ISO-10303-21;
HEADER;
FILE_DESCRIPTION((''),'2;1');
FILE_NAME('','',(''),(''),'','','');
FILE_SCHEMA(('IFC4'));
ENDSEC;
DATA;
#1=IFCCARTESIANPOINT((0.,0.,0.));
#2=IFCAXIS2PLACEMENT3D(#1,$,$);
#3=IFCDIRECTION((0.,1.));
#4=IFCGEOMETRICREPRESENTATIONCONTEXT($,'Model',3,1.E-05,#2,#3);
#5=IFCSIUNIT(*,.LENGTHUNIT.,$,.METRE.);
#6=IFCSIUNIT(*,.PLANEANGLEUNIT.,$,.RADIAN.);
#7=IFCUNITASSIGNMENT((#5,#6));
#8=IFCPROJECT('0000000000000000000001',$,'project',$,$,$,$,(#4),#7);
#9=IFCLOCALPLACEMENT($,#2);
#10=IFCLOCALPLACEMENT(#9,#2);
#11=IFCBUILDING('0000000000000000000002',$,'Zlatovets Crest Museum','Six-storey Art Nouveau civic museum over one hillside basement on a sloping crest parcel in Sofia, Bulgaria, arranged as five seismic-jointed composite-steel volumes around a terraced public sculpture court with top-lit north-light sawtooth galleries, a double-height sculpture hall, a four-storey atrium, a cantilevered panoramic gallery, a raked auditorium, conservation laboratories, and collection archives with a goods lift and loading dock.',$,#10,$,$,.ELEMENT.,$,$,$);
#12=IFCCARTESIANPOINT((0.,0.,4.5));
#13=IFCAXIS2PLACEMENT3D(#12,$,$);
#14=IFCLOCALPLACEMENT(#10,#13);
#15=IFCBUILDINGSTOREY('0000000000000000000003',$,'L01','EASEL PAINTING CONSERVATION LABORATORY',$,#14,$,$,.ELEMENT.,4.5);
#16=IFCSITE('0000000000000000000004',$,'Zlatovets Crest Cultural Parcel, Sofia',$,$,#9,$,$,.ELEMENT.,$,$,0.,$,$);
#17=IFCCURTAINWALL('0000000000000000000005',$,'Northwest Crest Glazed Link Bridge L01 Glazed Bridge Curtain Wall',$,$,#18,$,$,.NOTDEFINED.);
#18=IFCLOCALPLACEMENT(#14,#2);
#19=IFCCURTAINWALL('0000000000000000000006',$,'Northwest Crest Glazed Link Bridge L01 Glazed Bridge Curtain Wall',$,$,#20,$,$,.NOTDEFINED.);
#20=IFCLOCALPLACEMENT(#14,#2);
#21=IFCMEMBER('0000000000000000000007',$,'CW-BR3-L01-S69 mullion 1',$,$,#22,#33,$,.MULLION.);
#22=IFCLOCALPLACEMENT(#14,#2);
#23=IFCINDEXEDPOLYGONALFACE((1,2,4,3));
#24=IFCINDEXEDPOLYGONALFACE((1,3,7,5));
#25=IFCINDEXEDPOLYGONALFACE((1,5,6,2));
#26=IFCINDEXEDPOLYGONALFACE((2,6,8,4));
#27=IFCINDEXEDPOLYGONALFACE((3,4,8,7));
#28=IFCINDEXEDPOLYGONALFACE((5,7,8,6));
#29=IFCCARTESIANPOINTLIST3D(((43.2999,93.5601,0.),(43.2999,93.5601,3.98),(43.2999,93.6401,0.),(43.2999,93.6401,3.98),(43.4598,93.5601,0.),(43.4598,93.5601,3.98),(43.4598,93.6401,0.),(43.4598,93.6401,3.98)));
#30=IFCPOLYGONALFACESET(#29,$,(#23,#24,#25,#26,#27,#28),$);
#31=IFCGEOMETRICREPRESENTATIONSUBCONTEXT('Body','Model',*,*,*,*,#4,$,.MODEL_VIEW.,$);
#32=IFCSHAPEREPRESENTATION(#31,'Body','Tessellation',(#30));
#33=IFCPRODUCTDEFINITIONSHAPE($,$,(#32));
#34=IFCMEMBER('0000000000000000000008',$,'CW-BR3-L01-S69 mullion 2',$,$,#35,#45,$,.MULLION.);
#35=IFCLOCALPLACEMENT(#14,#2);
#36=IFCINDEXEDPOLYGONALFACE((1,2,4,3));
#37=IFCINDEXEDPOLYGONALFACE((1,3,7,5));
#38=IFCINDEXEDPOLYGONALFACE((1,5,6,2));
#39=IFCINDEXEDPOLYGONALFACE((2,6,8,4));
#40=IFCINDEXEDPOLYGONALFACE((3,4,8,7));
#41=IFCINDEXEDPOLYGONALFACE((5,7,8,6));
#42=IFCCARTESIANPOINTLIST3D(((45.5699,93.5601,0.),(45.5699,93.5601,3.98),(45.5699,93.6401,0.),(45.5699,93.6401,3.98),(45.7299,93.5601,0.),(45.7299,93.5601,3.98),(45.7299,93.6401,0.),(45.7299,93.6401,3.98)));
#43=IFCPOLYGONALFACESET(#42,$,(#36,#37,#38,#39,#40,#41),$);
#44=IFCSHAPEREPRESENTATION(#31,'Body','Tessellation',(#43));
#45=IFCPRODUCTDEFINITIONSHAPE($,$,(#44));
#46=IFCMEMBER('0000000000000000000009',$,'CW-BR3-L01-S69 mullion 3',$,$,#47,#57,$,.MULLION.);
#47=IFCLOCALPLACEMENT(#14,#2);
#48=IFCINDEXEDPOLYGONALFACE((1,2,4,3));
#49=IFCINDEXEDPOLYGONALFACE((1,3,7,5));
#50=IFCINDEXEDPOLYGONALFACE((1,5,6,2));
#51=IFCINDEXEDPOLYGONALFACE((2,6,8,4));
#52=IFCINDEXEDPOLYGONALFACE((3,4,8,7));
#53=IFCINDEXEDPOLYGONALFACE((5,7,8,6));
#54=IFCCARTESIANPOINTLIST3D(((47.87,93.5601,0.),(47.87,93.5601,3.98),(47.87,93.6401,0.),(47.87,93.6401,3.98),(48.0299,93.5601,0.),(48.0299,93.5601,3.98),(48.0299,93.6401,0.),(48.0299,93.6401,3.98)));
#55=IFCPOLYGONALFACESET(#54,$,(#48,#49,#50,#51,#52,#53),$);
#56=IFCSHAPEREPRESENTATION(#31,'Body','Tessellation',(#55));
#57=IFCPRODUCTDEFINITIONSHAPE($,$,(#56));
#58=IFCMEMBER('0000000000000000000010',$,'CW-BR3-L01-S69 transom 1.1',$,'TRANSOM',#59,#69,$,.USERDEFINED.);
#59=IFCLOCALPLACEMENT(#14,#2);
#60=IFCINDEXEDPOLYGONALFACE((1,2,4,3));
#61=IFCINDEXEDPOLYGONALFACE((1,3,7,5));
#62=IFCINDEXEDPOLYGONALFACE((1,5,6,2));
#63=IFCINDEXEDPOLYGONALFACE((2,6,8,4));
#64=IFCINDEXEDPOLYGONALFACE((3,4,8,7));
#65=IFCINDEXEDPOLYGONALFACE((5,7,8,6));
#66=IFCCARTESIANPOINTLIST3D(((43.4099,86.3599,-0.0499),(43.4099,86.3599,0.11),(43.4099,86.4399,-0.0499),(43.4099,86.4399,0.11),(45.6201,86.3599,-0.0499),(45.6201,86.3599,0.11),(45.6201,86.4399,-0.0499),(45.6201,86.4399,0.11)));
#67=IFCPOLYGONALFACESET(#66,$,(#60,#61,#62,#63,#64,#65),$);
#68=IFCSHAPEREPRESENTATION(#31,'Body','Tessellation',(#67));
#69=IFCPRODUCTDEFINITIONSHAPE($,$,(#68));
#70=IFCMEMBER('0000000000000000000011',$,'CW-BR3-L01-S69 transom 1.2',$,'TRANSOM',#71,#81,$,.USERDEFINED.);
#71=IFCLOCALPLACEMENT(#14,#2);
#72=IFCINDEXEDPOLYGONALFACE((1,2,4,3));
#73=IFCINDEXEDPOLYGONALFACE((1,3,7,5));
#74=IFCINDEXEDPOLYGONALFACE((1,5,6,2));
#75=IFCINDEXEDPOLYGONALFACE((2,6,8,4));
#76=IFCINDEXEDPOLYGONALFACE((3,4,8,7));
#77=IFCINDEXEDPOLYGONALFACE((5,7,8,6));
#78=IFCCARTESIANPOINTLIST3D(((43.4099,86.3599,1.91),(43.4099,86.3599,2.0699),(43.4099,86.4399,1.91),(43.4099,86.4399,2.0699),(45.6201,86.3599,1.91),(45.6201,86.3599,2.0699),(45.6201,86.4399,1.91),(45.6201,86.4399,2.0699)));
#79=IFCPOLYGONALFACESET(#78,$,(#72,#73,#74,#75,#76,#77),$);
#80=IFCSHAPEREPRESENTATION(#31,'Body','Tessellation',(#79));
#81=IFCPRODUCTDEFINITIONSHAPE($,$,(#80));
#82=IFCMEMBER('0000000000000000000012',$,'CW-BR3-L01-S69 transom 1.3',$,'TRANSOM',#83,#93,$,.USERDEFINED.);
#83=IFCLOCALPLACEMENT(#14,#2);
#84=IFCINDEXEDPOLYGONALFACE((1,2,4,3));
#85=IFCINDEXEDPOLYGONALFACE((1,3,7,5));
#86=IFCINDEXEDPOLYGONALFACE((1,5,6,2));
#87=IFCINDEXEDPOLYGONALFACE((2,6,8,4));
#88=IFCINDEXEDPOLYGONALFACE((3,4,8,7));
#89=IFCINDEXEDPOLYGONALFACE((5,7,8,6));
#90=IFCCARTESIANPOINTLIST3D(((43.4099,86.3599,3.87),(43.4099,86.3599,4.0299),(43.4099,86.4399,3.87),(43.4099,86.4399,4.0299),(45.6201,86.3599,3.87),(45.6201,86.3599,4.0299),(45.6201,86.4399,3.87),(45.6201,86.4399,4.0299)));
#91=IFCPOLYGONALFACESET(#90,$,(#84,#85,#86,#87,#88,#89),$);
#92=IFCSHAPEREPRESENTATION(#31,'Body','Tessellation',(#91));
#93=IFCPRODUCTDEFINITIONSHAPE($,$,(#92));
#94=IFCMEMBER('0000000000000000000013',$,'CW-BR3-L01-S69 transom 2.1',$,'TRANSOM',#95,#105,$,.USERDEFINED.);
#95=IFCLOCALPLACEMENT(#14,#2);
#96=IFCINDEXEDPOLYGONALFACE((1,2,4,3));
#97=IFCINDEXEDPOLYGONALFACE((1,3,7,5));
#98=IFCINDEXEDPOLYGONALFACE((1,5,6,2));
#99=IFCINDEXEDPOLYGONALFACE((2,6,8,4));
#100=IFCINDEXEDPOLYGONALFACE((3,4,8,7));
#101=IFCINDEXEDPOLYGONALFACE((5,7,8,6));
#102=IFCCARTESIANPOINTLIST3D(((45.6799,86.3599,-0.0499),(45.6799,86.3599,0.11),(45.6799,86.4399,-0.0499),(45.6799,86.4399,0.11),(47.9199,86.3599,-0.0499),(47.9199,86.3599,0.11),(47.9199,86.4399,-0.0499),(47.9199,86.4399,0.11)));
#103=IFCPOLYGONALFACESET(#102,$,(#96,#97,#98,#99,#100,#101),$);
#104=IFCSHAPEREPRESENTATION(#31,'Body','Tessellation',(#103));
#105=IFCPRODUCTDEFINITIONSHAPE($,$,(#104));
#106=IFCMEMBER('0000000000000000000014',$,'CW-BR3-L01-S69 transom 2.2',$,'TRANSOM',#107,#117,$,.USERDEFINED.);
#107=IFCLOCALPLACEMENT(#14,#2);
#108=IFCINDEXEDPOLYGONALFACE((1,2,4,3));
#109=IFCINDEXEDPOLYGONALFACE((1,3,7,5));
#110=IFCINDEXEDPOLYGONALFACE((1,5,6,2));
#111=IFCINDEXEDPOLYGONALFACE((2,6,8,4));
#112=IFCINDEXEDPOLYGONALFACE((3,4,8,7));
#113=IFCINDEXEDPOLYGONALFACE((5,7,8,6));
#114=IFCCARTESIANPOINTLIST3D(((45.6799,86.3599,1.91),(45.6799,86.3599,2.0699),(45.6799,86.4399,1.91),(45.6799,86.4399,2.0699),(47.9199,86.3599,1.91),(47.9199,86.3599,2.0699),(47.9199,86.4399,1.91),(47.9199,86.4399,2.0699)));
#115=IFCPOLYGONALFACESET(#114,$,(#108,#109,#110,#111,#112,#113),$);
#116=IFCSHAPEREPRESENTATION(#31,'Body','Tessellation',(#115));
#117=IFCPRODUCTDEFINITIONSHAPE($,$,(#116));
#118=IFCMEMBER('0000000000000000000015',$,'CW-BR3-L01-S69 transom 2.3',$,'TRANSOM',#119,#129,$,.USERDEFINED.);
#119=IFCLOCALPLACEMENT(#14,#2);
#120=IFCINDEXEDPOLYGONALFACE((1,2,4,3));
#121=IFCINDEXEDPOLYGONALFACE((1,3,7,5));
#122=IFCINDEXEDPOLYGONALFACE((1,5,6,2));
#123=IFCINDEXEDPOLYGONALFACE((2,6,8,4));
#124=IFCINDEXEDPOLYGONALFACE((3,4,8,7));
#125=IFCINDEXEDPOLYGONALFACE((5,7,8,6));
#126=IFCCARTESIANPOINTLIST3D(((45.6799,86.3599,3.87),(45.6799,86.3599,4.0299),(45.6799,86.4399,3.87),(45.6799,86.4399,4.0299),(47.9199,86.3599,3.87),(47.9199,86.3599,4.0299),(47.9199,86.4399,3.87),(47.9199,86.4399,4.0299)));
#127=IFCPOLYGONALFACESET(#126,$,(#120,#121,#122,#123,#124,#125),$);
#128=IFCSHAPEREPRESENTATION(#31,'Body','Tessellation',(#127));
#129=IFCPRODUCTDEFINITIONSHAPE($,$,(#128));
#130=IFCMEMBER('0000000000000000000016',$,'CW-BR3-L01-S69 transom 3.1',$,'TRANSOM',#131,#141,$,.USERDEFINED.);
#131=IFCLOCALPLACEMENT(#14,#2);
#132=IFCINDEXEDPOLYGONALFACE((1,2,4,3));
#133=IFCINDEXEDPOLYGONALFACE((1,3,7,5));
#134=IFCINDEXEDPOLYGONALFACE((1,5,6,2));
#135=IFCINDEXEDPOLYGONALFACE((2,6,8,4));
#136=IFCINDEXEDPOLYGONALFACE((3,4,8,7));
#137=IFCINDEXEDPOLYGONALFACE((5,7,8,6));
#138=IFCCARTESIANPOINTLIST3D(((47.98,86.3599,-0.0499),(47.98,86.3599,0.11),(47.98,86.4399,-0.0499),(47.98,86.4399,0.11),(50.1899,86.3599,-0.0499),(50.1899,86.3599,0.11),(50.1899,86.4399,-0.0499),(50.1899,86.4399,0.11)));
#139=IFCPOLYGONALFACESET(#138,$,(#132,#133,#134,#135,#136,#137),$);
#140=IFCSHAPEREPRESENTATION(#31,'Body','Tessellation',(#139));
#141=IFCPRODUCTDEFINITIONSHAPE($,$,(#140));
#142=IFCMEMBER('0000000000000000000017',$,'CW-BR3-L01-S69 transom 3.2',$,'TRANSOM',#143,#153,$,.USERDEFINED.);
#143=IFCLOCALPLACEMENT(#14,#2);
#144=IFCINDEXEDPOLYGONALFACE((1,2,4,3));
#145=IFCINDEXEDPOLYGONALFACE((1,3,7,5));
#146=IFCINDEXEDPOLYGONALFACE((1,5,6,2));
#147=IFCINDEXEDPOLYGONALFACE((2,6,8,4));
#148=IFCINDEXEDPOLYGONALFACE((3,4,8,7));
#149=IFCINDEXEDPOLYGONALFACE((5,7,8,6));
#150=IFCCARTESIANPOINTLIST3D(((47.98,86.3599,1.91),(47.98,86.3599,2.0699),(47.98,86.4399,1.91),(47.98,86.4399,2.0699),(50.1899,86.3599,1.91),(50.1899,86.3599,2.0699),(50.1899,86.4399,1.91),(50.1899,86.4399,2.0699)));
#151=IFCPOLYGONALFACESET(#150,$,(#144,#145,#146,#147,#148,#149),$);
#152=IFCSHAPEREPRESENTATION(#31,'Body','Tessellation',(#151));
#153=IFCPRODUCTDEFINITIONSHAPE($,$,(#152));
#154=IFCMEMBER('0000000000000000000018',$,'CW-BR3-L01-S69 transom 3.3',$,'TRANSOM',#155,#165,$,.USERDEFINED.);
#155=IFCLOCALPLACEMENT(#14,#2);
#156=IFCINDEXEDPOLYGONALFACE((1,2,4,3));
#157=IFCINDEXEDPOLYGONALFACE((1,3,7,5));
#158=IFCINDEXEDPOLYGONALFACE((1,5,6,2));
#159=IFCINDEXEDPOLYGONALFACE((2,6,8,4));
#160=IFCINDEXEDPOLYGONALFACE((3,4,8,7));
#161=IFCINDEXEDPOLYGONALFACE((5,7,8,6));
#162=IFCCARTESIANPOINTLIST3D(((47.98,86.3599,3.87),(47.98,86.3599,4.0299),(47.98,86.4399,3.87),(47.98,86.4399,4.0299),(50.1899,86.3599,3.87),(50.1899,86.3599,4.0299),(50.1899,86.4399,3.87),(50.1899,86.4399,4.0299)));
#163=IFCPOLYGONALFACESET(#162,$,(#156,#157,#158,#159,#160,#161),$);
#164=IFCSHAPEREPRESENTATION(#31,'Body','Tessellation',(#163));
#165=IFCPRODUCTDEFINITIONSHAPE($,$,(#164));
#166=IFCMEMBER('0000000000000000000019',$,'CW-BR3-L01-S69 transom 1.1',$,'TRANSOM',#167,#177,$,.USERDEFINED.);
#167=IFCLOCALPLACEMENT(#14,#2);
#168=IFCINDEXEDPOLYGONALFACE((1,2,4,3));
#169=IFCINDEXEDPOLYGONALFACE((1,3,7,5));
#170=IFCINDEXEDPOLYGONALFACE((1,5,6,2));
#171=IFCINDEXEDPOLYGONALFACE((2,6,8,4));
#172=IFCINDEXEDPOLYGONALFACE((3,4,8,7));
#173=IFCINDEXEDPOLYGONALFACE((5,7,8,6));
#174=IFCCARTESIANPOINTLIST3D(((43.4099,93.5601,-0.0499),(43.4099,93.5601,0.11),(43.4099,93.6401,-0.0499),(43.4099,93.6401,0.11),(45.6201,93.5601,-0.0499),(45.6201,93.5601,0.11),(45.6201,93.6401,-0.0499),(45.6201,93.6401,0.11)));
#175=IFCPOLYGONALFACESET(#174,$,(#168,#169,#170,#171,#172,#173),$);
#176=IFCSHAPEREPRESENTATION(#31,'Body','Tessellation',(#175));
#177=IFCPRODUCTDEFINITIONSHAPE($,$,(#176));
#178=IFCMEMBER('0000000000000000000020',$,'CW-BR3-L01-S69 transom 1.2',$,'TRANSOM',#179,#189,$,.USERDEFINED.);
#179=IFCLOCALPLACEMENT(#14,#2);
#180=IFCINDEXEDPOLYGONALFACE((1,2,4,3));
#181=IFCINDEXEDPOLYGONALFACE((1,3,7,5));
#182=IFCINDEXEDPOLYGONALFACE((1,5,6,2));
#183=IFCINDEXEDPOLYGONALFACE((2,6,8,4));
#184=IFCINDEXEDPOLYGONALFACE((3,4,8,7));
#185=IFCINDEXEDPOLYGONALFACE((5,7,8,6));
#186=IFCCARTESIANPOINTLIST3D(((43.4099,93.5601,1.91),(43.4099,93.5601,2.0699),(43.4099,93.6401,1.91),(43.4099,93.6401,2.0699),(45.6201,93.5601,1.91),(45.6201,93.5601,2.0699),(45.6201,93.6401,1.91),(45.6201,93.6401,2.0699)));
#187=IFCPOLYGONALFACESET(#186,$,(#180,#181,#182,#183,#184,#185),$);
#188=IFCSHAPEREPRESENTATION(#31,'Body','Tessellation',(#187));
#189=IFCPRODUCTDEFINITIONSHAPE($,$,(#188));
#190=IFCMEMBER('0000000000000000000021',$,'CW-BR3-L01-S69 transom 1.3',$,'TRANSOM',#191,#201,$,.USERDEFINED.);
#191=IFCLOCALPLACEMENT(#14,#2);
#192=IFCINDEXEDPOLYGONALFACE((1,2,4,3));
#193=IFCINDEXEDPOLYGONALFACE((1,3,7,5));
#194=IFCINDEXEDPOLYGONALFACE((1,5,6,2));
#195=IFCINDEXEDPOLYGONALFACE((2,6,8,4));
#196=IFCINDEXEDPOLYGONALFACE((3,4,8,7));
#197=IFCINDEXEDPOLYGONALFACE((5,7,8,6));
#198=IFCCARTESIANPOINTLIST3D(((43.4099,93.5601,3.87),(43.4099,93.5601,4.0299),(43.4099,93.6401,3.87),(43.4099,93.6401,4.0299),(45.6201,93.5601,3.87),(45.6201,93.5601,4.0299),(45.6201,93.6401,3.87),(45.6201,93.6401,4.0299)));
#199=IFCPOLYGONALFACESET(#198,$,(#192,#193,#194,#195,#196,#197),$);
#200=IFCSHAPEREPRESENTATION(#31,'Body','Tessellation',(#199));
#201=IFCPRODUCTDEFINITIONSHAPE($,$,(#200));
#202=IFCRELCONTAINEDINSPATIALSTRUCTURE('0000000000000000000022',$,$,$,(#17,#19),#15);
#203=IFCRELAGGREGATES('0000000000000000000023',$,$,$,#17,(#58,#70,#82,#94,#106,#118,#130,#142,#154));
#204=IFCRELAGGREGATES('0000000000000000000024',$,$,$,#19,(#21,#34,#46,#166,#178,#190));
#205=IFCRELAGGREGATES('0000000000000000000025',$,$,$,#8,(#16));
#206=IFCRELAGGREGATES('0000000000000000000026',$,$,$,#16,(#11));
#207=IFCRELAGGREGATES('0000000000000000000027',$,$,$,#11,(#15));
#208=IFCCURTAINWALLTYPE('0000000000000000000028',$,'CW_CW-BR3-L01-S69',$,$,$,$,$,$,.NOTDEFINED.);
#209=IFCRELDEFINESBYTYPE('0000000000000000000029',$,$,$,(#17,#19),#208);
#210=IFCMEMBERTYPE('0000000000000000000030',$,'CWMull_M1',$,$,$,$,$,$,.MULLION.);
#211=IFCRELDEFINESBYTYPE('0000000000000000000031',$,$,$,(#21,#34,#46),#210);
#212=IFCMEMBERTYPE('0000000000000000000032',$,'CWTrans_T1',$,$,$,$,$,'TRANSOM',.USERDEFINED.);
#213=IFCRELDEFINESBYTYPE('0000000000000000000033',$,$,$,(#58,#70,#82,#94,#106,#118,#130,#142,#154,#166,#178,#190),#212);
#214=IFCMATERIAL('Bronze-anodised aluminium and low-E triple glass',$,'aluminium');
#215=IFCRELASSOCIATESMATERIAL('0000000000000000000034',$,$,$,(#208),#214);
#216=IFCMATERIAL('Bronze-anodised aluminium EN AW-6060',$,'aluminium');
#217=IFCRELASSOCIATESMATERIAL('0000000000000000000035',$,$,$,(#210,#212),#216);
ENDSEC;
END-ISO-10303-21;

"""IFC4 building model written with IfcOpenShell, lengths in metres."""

from ifc_helpers import new_model, si_unit, direction, frame, origin, origin_2d, place, context, subcontext, project, spatial, rectangle, extrude, material, material_profile, profile_set, type_object, element, aggregate, save


model = new_model("IFC4")

# Units and contexts
model_context = context("Model", 3, precision=1e-05, world=origin(), true_north=direction((0.0, 1.0)))
body_context = subcontext(model_context, "Body", "Model", "MODEL_VIEW")
ifc_project = project(units=[si_unit("LENGTHUNIT", "METRE"), si_unit("PLANEANGLEUNIT", "RADIAN")], contexts=[model_context])

# Site, building, storey
site_placement = place(None, origin())
site = spatial("IfcSite", under=ifc_project, at=site_placement, Name="Zlatovets Crest Cultural Parcel, Sofia", CompositionType="ELEMENT", RefElevation=0.0)
building_placement = place(site_placement, origin())
building = spatial("IfcBuilding", under=site, at=building_placement, Name="Zlatovets Crest Museum", Description="Six-storey Art Nouveau civic museum over one hillside basement on a sloping crest parcel in Sofia, Bulgaria, arranged as five seismic-jointed composite-steel volumes around a terraced public sculpture court with top-lit north-light sawtooth galleries, a double-height sculpture hall, a four-storey atrium, a cantilevered panoramic gallery, a raked auditorium, conservation laboratories, and collection archives with a goods lift and loading dock.", CompositionType="ELEMENT")
storey_placement = place(building_placement, frame((0.0, 0.0, 4.5)))
storey = spatial("IfcBuildingStorey", under=building, at=storey_placement, Name="L01", Description="EASEL PAINTING CONSERVATION LABORATORY", CompositionType="ELEMENT", Elevation=4.5)

# Curtain walls, members
ifc_material_1 = material(Name="Bronze-anodised aluminium and low-E triple glass", Category="aluminium")
curtain_wall_type = type_object("IfcCurtainWallType", Name="CW_CW-BR3-L01-S69", PredefinedType="NOTDEFINED", material=ifc_material_1)
curtain_wall_1_placement = place(storey_placement, origin())
curtain_wall_1 = element("IfcCurtainWall", 1, at=curtain_wall_1_placement, inside=storey, type_object=curtain_wall_type, Name="Northwest Crest Glazed Link Bridge L01 Glazed Bridge Curtain Wall", PredefinedType="NOTDEFINED")
ifc_material_2 = material(Name="Bronze-anodised aluminium EN AW-6060", Category="aluminium")
ifc_material_profile_1 = material_profile(ifc_material_2, rectangle(XDim=0.0801, YDim=0.1599, at=origin_2d()), Name="ALU 80x160")
ifc_profile_set_1 = profile_set([ifc_material_profile_1], Name="Bronze-anodised aluminium EN AW-6060")
member_type_1 = type_object("IfcMemberType", Name="CWMull_M1", PredefinedType="MULLION", material=ifc_profile_set_1)
curtain_wall_2_placement = place(storey_placement, origin())
curtain_wall_2 = element("IfcCurtainWall", 2, at=curtain_wall_2_placement, inside=storey, type_object=curtain_wall_type, Name="Northwest Crest Glazed Link Bridge L01 Glazed Bridge Curtain Wall", PredefinedType="NOTDEFINED")
member_1_placement = place(storey_placement, frame((43.3799, 93.6001, 0.0), z_axis=(0.0, 0.0, 1.0), x_axis=(0.0, 1.0, 0.0)))
member_1 = element("IfcMember", 3, at=member_1_placement, type_object=member_type_1, Name="CW-BR3-L01-S69 mullion 1", PredefinedType="MULLION", context=body_context, shape_type="SweptSolid", body=[
    extrude(rectangle(XDim=0.0801, YDim=0.1599, at=origin_2d()), origin(), (0.0, 0.0, 1.0), 3.98),
])
member_2_placement = place(storey_placement, frame((45.6499, 93.6001, 0.0), z_axis=(0.0, 0.0, 1.0), x_axis=(0.0, 1.0, 0.0)))
member_2 = element("IfcMember", 4, at=member_2_placement, type_object=member_type_1, Name="CW-BR3-L01-S69 mullion 2", PredefinedType="MULLION", context=body_context, shape_type="SweptSolid", body=[
    extrude(rectangle(XDim=0.0801, YDim=0.1599, at=origin_2d()), origin(), (0.0, 0.0, 1.0), 3.98),
])
member_3_placement = place(storey_placement, frame((47.95, 93.6001, 0.0), z_axis=(0.0, 0.0, 1.0), x_axis=(0.0, 1.0, 0.0)))
member_3 = element("IfcMember", 5, at=member_3_placement, type_object=member_type_1, Name="CW-BR3-L01-S69 mullion 3", PredefinedType="MULLION", context=body_context, shape_type="SweptSolid", body=[
    extrude(rectangle(XDim=0.0801, YDim=0.1599, at=origin_2d()), origin(), (0.0, 0.0, 1.0), 3.98),
])

# Members
ifc_material_profile_2 = material_profile(ifc_material_2, rectangle(XDim=0.0801, YDim=0.1599, at=origin_2d()), Name="ALU 80x160")
ifc_profile_set_2 = profile_set([ifc_material_profile_2], Name="Bronze-anodised aluminium EN AW-6060")
member_type_2 = type_object("IfcMemberType", Name="CWTrans_T1", ElementType="TRANSOM", PredefinedType="USERDEFINED", material=ifc_profile_set_2)
member_4_placement = place(storey_placement, frame((43.4099, 86.3999, 0.03), z_axis=(1.0, 0.0, 0.0), x_axis=(0.0, 1.0, 0.0)))
member_4 = element("IfcMember", 6, at=member_4_placement, type_object=member_type_2, Name="CW-BR3-L01-S69 transom 1.1", ObjectType="TRANSOM", PredefinedType="USERDEFINED", context=body_context, shape_type="SweptSolid", body=[
    extrude(rectangle(XDim=0.0801, YDim=0.1599, at=origin_2d()), origin(), (0.0, 0.0, 1.0), 2.2102),
])
member_5_placement = place(storey_placement, frame((43.4099, 86.3999, 1.99), z_axis=(1.0, 0.0, 0.0), x_axis=(0.0, 1.0, 0.0)))
member_5 = element("IfcMember", 7, at=member_5_placement, type_object=member_type_2, Name="CW-BR3-L01-S69 transom 1.2", ObjectType="TRANSOM", PredefinedType="USERDEFINED", context=body_context, shape_type="SweptSolid", body=[
    extrude(rectangle(XDim=0.0801, YDim=0.1599, at=origin_2d()), origin(), (0.0, 0.0, 1.0), 2.2102),
])
member_6_placement = place(storey_placement, frame((43.4099, 86.3999, 3.95), z_axis=(1.0, 0.0, 0.0), x_axis=(0.0, 1.0, 0.0)))
member_6 = element("IfcMember", 8, at=member_6_placement, type_object=member_type_2, Name="CW-BR3-L01-S69 transom 1.3", ObjectType="TRANSOM", PredefinedType="USERDEFINED", context=body_context, shape_type="SweptSolid", body=[
    extrude(rectangle(XDim=0.0801, YDim=0.1599, at=origin_2d()), origin(), (0.0, 0.0, 1.0), 2.2102),
])
member_7_placement = place(storey_placement, frame((45.6799, 86.3999, 0.03), z_axis=(1.0, 0.0, 0.0), x_axis=(0.0, 1.0, 0.0)))
member_7 = element("IfcMember", 9, at=member_7_placement, type_object=member_type_2, Name="CW-BR3-L01-S69 transom 2.1", ObjectType="TRANSOM", PredefinedType="USERDEFINED", context=body_context, shape_type="SweptSolid", body=[
    extrude(rectangle(XDim=0.0801, YDim=0.1599, at=origin_2d()), origin(), (0.0, 0.0, 1.0), 2.24),
])
member_8_placement = place(storey_placement, frame((45.6799, 86.3999, 1.99), z_axis=(1.0, 0.0, 0.0), x_axis=(0.0, 1.0, 0.0)))
member_8 = element("IfcMember", 10, at=member_8_placement, type_object=member_type_2, Name="CW-BR3-L01-S69 transom 2.2", ObjectType="TRANSOM", PredefinedType="USERDEFINED", context=body_context, shape_type="SweptSolid", body=[
    extrude(rectangle(XDim=0.0801, YDim=0.1599, at=origin_2d()), origin(), (0.0, 0.0, 1.0), 2.24),
])
member_9_placement = place(storey_placement, frame((45.6799, 86.3999, 3.95), z_axis=(1.0, 0.0, 0.0), x_axis=(0.0, 1.0, 0.0)))
member_9 = element("IfcMember", 11, at=member_9_placement, type_object=member_type_2, Name="CW-BR3-L01-S69 transom 2.3", ObjectType="TRANSOM", PredefinedType="USERDEFINED", context=body_context, shape_type="SweptSolid", body=[
    extrude(rectangle(XDim=0.0801, YDim=0.1599, at=origin_2d()), origin(), (0.0, 0.0, 1.0), 2.24),
])
member_10_placement = place(storey_placement, frame((47.98, 86.3999, 0.03), z_axis=(1.0, 0.0, 0.0), x_axis=(0.0, 1.0, 0.0)))
member_10 = element("IfcMember", 12, at=member_10_placement, type_object=member_type_2, Name="CW-BR3-L01-S69 transom 3.1", ObjectType="TRANSOM", PredefinedType="USERDEFINED", context=body_context, shape_type="SweptSolid", body=[
    extrude(rectangle(XDim=0.0801, YDim=0.1599, at=origin_2d()), origin(), (0.0, 0.0, 1.0), 2.21),
])
member_11_placement = place(storey_placement, frame((47.98, 86.3999, 1.99), z_axis=(1.0, 0.0, 0.0), x_axis=(0.0, 1.0, 0.0)))
member_11 = element("IfcMember", 13, at=member_11_placement, type_object=member_type_2, Name="CW-BR3-L01-S69 transom 3.2", ObjectType="TRANSOM", PredefinedType="USERDEFINED", context=body_context, shape_type="SweptSolid", body=[
    extrude(rectangle(XDim=0.0801, YDim=0.1599, at=origin_2d()), origin(), (0.0, 0.0, 1.0), 2.21),
])
member_12_placement = place(storey_placement, frame((47.98, 86.3999, 3.95), z_axis=(1.0, 0.0, 0.0), x_axis=(0.0, 1.0, 0.0)))
member_12 = element("IfcMember", 14, at=member_12_placement, type_object=member_type_2, Name="CW-BR3-L01-S69 transom 3.3", ObjectType="TRANSOM", PredefinedType="USERDEFINED", context=body_context, shape_type="SweptSolid", body=[
    extrude(rectangle(XDim=0.0801, YDim=0.1599, at=origin_2d()), origin(), (0.0, 0.0, 1.0), 2.21),
])
member_13_placement = place(storey_placement, frame((43.4099, 93.6001, 0.03), z_axis=(1.0, 0.0, 0.0), x_axis=(0.0, 1.0, 0.0)))
member_13 = element("IfcMember", 15, at=member_13_placement, type_object=member_type_2, Name="CW-BR3-L01-S69 transom 1.1", ObjectType="TRANSOM", PredefinedType="USERDEFINED", context=body_context, shape_type="SweptSolid", body=[
    extrude(rectangle(XDim=0.0801, YDim=0.1599, at=origin_2d()), origin(), (0.0, 0.0, 1.0), 2.2102),
])
member_14_placement = place(storey_placement, frame((43.4099, 93.6001, 1.99), z_axis=(1.0, 0.0, 0.0), x_axis=(0.0, 1.0, 0.0)))
member_14 = element("IfcMember", 16, at=member_14_placement, type_object=member_type_2, Name="CW-BR3-L01-S69 transom 1.2", ObjectType="TRANSOM", PredefinedType="USERDEFINED", context=body_context, shape_type="SweptSolid", body=[
    extrude(rectangle(XDim=0.0801, YDim=0.1599, at=origin_2d()), origin(), (0.0, 0.0, 1.0), 2.2102),
])
member_15_placement = place(storey_placement, frame((43.4099, 93.6001, 3.95), z_axis=(1.0, 0.0, 0.0), x_axis=(0.0, 1.0, 0.0)))
member_15 = element("IfcMember", 17, at=member_15_placement, type_object=member_type_2, Name="CW-BR3-L01-S69 transom 1.3", ObjectType="TRANSOM", PredefinedType="USERDEFINED", context=body_context, shape_type="SweptSolid", body=[
    extrude(rectangle(XDim=0.0801, YDim=0.1599, at=origin_2d()), origin(), (0.0, 0.0, 1.0), 2.2102),
])

aggregate(curtain_wall_1, [member_4, member_5, member_6, member_7, member_8, member_9, member_10, member_11, member_12])
aggregate(curtain_wall_2, [member_1, member_2, member_3, member_13, member_14, member_15])

save(model, "model.ifc")
